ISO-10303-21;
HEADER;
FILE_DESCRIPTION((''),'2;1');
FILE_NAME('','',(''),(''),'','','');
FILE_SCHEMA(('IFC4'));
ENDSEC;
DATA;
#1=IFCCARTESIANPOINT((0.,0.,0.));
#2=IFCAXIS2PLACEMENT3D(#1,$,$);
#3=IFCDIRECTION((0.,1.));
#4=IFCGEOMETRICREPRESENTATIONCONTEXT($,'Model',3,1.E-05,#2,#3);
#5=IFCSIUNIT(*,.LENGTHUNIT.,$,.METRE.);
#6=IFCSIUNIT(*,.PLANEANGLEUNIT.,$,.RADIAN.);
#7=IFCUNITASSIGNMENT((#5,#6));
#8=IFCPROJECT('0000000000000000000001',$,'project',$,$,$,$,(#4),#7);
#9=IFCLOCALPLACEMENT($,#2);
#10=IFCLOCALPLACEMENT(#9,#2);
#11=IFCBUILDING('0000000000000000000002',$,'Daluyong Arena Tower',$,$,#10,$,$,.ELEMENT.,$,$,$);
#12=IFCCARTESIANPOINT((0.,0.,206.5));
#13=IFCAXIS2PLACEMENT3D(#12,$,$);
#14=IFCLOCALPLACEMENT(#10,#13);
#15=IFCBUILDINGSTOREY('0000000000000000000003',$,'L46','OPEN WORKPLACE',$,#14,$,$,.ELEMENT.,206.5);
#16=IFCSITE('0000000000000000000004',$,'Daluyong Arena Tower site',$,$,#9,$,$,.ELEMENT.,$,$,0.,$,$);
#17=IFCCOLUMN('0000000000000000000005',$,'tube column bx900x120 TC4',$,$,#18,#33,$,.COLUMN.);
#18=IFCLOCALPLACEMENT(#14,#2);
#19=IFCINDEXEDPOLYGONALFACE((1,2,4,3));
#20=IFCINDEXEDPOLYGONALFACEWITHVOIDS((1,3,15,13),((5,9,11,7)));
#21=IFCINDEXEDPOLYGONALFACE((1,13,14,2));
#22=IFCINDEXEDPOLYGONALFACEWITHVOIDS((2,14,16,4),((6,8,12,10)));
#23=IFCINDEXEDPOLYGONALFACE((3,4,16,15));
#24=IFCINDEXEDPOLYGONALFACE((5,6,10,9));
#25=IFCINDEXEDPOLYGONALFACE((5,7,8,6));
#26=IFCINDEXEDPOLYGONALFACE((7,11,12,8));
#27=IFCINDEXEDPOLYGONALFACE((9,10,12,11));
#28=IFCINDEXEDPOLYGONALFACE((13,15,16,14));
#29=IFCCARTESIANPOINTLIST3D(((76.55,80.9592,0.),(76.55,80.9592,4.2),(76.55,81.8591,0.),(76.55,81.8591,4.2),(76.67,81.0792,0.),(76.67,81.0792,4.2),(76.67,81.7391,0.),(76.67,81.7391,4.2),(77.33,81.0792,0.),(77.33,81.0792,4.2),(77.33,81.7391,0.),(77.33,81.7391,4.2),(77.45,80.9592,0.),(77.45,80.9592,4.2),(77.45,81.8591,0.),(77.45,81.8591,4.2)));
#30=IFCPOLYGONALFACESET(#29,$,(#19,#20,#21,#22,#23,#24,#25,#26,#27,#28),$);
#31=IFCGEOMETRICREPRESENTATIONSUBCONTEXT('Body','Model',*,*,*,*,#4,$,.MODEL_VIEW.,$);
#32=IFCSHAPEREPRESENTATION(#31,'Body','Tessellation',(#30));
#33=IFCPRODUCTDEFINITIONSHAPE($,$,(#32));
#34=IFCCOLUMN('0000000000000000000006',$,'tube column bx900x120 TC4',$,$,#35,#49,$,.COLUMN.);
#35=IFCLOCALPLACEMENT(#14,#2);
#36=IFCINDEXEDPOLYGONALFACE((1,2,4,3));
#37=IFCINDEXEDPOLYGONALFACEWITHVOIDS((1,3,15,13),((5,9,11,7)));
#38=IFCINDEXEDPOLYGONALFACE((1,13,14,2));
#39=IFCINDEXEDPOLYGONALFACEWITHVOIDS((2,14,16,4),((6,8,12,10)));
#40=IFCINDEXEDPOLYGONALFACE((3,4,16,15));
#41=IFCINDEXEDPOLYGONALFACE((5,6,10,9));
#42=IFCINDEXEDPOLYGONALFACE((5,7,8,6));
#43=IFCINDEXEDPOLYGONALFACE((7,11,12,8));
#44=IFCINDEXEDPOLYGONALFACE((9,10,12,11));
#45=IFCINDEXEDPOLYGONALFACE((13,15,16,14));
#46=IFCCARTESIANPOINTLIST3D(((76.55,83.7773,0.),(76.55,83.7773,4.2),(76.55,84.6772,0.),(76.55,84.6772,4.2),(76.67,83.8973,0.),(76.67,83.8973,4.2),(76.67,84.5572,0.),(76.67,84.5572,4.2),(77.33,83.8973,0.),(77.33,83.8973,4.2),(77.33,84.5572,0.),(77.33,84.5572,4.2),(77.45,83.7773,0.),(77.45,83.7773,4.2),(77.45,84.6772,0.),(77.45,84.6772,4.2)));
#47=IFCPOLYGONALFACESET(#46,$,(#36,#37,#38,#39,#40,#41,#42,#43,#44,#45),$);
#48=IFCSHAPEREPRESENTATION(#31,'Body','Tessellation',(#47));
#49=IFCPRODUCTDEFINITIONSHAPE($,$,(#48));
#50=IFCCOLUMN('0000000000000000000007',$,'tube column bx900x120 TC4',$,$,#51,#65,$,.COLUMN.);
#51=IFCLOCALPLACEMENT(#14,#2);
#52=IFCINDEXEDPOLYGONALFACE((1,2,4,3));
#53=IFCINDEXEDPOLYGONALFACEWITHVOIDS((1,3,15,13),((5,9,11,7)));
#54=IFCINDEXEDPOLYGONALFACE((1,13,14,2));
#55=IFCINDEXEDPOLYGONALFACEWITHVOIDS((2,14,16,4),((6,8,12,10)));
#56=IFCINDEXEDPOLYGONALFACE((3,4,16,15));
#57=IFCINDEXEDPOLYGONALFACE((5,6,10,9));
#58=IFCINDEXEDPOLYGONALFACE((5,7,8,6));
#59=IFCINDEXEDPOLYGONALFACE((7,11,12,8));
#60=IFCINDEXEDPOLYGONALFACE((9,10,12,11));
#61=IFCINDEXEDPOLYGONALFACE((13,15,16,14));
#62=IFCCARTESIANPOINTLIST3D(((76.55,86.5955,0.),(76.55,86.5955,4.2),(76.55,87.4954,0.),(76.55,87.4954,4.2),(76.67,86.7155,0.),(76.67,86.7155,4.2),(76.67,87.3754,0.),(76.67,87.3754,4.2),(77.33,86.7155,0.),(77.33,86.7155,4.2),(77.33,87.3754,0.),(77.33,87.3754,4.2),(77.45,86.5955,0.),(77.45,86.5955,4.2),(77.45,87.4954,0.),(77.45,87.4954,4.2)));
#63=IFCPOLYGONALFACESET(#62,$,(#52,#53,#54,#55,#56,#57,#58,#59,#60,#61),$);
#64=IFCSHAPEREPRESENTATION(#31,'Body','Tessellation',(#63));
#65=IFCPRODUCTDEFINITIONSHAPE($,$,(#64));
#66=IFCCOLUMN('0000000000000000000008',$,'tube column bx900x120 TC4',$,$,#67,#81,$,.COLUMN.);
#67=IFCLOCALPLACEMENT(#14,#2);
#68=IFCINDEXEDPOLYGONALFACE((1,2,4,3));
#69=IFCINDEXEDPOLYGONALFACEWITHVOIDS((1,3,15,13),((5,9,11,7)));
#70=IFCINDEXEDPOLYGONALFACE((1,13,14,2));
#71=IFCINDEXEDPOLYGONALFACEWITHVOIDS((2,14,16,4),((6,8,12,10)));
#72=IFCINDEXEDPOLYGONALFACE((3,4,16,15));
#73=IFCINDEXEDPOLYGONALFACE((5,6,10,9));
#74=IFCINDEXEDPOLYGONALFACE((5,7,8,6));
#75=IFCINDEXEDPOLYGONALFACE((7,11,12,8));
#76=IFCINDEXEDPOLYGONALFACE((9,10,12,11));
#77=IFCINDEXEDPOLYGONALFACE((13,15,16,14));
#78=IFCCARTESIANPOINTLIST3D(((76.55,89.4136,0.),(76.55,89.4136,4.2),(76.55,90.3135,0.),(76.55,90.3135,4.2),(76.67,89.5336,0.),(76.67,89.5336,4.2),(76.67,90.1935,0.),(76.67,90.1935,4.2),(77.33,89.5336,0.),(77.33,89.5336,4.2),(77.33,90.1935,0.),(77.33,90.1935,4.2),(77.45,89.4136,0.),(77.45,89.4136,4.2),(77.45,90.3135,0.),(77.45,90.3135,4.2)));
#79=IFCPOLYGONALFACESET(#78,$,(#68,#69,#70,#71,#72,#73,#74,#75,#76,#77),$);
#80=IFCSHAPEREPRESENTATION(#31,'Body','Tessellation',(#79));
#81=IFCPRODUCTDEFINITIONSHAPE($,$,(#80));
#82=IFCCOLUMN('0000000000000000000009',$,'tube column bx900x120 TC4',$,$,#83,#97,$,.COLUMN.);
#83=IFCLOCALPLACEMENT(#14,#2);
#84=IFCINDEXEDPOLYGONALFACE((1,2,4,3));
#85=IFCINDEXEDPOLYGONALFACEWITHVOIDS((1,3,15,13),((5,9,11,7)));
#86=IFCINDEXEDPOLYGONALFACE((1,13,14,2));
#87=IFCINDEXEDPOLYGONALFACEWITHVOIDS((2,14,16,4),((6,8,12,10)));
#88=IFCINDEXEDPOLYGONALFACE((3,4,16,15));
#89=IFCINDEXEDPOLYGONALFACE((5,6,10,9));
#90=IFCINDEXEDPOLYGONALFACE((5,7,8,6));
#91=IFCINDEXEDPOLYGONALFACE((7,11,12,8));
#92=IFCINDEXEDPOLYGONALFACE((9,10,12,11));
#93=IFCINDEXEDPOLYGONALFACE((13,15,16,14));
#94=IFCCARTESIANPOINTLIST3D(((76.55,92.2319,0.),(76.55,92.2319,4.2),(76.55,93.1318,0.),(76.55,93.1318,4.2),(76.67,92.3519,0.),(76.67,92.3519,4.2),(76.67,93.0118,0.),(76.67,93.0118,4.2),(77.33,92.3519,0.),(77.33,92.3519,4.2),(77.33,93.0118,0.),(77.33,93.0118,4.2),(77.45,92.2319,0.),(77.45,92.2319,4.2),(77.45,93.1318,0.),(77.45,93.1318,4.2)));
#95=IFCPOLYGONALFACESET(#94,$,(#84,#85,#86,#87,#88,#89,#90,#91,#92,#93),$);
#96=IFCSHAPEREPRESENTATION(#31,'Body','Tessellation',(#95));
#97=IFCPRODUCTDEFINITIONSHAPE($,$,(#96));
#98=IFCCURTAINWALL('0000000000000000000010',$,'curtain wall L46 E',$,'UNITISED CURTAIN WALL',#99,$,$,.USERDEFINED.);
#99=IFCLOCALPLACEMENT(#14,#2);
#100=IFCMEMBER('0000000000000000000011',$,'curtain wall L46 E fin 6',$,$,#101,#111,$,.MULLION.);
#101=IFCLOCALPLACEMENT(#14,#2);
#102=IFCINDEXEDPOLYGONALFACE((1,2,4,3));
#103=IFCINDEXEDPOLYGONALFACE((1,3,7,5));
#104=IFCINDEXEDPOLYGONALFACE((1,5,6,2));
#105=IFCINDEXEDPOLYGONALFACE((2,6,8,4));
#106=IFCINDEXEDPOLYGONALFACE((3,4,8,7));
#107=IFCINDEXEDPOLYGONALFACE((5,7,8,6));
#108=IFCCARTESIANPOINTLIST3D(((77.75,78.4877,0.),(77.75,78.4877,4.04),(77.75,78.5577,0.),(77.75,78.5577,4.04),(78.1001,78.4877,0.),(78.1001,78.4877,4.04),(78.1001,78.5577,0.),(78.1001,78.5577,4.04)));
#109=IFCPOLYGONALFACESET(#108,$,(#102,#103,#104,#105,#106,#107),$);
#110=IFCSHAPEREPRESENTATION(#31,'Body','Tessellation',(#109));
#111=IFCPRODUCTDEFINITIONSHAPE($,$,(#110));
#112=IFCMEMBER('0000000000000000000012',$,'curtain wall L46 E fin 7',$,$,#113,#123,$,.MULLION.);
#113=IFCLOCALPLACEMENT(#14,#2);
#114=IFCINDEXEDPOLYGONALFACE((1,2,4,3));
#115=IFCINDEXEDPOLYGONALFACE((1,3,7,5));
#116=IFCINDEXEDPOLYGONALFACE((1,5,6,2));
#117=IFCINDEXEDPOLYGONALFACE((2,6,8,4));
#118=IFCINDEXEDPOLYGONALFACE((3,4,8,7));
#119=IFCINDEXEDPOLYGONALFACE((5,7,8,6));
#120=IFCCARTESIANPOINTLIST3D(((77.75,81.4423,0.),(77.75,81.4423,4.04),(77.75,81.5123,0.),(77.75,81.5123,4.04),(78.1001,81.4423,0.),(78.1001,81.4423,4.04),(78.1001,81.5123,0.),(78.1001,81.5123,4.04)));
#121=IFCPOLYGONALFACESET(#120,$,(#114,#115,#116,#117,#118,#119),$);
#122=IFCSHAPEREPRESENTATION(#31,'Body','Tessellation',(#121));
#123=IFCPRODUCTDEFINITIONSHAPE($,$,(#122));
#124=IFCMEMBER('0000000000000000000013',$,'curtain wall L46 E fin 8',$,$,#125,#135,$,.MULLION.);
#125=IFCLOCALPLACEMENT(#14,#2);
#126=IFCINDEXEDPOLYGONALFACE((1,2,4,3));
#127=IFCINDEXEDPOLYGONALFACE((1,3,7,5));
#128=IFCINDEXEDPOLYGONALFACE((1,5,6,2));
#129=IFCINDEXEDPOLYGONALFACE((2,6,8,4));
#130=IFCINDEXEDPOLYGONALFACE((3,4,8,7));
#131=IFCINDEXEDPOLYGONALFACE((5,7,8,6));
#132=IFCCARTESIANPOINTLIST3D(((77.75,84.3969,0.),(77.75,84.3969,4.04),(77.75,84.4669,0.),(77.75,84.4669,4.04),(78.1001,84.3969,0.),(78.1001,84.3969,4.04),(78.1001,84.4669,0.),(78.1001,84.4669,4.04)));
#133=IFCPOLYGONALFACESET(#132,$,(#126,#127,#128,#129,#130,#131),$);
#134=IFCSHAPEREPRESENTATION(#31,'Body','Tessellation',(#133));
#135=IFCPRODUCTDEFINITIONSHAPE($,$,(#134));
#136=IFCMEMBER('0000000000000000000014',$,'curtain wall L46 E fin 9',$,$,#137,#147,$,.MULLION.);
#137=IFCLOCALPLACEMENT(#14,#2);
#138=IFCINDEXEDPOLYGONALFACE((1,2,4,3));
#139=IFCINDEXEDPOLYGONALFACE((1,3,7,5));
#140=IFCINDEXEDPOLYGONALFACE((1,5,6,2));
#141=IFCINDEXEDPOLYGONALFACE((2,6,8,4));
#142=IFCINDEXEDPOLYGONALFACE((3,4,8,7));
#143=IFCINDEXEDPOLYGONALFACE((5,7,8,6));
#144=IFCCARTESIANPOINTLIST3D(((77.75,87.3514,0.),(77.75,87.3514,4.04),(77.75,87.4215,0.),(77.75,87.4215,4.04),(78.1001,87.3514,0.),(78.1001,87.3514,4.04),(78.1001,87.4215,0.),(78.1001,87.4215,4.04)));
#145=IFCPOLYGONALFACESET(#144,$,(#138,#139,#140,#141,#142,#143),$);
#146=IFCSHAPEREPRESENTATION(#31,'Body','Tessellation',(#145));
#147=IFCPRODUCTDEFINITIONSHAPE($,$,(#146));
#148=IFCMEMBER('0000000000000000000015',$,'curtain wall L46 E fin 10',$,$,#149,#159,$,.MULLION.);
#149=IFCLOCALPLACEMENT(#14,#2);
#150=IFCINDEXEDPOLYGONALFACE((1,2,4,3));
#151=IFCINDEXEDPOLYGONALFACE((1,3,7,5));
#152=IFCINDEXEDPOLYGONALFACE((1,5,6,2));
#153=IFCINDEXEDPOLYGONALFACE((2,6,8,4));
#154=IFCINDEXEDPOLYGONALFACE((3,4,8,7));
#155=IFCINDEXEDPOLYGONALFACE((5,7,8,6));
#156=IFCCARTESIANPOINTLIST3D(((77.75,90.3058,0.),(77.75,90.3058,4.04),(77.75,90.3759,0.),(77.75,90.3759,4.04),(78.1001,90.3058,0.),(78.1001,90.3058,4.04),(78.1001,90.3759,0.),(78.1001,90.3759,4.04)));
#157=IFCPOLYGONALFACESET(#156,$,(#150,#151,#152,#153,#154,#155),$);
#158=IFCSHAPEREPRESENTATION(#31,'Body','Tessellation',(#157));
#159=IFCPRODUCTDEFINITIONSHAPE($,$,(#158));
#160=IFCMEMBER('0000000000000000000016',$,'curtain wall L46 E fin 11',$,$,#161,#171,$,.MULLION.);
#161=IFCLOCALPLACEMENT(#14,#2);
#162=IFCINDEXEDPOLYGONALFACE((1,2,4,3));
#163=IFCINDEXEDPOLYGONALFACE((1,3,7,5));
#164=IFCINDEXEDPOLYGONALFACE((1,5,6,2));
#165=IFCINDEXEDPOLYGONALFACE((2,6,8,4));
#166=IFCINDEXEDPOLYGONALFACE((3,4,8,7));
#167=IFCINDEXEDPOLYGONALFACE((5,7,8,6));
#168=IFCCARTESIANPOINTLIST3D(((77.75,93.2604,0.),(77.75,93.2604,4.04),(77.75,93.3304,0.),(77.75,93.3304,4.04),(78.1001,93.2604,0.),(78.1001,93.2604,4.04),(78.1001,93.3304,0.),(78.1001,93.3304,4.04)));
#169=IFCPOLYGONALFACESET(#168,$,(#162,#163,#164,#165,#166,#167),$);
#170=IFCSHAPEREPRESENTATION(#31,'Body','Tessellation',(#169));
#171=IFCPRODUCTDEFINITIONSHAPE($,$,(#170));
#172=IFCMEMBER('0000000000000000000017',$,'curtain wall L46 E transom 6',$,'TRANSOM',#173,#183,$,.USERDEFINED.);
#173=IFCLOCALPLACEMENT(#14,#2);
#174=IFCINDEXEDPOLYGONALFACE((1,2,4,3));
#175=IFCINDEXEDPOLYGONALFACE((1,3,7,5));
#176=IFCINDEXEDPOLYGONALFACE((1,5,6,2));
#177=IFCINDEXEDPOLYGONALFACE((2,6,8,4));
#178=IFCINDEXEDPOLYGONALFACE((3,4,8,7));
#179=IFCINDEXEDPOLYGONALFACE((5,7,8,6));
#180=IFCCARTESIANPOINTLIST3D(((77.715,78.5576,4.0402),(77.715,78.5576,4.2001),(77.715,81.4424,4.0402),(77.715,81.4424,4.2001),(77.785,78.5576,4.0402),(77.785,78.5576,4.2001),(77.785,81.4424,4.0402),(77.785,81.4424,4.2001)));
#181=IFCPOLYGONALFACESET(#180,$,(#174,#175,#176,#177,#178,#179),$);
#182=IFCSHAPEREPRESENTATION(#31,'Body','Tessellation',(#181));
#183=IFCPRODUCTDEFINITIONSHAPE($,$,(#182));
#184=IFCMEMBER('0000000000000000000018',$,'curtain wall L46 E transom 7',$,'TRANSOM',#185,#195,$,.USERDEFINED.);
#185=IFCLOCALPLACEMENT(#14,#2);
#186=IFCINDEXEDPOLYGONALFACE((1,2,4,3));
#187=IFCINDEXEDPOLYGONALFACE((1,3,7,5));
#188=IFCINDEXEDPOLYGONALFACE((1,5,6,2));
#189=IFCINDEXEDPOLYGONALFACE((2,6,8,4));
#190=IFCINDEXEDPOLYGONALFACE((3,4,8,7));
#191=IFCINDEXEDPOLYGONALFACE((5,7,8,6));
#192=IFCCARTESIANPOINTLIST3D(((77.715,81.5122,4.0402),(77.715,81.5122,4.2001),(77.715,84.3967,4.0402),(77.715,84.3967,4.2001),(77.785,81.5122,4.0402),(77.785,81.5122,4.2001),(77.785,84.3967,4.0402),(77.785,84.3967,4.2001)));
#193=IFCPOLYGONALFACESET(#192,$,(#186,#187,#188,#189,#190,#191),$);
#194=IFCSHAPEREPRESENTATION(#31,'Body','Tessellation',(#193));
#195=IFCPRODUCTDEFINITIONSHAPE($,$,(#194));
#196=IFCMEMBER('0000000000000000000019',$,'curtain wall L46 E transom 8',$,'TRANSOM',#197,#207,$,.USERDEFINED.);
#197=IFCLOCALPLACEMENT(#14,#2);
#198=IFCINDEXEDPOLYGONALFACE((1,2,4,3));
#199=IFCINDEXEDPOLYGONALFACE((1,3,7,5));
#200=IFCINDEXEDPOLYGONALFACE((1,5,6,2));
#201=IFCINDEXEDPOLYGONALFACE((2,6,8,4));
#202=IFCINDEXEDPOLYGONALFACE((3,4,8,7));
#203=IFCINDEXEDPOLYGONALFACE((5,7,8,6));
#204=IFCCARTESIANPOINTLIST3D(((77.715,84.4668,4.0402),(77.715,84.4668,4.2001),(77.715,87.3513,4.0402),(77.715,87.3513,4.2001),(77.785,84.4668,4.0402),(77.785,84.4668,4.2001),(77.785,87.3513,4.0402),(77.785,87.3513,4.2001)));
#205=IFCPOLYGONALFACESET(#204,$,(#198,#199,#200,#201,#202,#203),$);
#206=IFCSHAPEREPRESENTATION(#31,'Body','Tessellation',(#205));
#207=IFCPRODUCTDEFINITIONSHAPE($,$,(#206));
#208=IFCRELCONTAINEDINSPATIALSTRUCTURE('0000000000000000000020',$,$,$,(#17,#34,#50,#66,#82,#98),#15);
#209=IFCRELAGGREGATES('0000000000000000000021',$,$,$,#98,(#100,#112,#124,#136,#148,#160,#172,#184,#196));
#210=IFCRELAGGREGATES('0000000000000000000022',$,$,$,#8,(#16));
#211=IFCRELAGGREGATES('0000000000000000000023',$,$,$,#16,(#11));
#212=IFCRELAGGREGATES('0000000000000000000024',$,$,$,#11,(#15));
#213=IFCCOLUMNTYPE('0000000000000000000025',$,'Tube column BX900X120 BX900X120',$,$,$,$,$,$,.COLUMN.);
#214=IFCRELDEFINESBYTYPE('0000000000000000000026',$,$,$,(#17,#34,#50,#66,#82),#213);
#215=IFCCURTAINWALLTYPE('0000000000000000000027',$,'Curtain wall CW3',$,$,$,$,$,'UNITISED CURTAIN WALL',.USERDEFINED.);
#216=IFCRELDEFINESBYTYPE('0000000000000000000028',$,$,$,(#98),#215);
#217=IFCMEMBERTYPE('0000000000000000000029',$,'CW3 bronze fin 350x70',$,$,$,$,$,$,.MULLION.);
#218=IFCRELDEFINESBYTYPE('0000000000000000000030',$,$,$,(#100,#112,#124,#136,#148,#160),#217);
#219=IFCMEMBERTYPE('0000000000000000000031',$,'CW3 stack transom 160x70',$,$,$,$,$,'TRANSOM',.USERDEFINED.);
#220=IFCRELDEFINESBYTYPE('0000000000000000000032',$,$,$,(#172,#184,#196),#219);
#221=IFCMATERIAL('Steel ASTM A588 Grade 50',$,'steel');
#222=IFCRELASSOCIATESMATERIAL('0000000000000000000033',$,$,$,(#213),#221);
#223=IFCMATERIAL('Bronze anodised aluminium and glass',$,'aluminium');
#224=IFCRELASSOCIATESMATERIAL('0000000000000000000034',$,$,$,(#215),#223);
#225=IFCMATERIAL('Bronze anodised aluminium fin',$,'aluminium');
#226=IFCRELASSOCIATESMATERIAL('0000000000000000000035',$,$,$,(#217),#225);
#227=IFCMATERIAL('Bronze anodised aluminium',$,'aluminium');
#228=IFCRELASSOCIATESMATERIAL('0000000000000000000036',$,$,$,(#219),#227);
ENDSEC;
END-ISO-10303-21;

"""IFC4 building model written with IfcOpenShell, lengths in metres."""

from ifc_helpers import new_model, si_unit, direction, frame, origin, origin_2d, place, context, subcontext, project, spatial, rectangle, hollow_rectangle, extrude, material, material_profile, profile_set, type_object, element, aggregate, save


model = new_model("IFC4")

# Units and contexts
model_context = context("Model", 3, precision=1e-05, world=origin(), true_north=direction((0.0, 1.0)))
body_context = subcontext(model_context, "Body", "Model", "MODEL_VIEW")
ifc_project = project(units=[si_unit("LENGTHUNIT", "METRE"), si_unit("PLANEANGLEUNIT", "RADIAN")], contexts=[model_context])

# Site, building, storey
site_placement = place(None, origin())
site = spatial("IfcSite", under=ifc_project, at=site_placement, Name="Daluyong Arena Tower site", CompositionType="ELEMENT", RefElevation=0.0)
building_placement = place(site_placement, origin())
building = spatial("IfcBuilding", under=site, at=building_placement, Name="Daluyong Arena Tower", CompositionType="ELEMENT")
storey_placement = place(building_placement, frame((0.0, 0.0, 206.5)))
storey = spatial("IfcBuildingStorey", under=building, at=storey_placement, Name="L46", Description="OPEN WORKPLACE", CompositionType="ELEMENT", Elevation=206.5)

# Columns
ifc_material_1 = material(Name="Steel ASTM A588 Grade 50", Category="steel")
ifc_material_profile_1 = material_profile(ifc_material_1, hollow_rectangle(XDim=0.8999, YDim=0.8999, WallThickness=0.12, at=origin_2d()))
ifc_profile_set_1 = profile_set([ifc_material_profile_1], Name="Steel ASTM A588 Grade 50")
column_type = type_object("IfcColumnType", Name="Tube column BX900X120 BX900X120", PredefinedType="COLUMN", material=ifc_profile_set_1)
for number, where, z_axis, x_axis, name in (
    (1, (77.0, 81.4092, 0.0), (0.0, 0.0, 1.0), (0.0, 1.0, 0.0), "tube column bx900x120 TC4"),
    (2, (77.0, 84.2273, 0.0), (0.0, 0.0, 1.0), (0.0, 1.0, 0.0), "tube column bx900x120 TC4"),
    (3, (77.0, 87.0454, 0.0), (0.0, 0.0, 1.0), (0.0, 1.0, 0.0), "tube column bx900x120 TC4"),
    (4, (77.0, 89.8635, 0.0), (0.0, 0.0, 1.0), (0.0, 1.0, 0.0), "tube column bx900x120 TC4"),
    (5, (77.0, 92.6819, 0.0), (0.0, 0.0, 1.0), (0.0, 1.0, 0.0), "tube column bx900x120 TC4"),
):
    element("IfcColumn", number, at=place(storey_placement, frame(where, z_axis=z_axis, x_axis=x_axis)), inside=storey, type_object=column_type, Name=name, PredefinedType="COLUMN", context=body_context, shape_type="SweptSolid", body=[
        extrude(hollow_rectangle(XDim=0.8999, YDim=0.8999, WallThickness=0.12, at=origin_2d()), origin(), (0.0, 0.0, 1.0), 4.2),
    ])

# Curtain wall, members
ifc_material_2 = material(Name="Bronze anodised aluminium and glass", Category="aluminium")
curtain_wall_type = type_object("IfcCurtainWallType", Name="Curtain wall CW3", ElementType="UNITISED CURTAIN WALL", PredefinedType="USERDEFINED", material=ifc_material_2)
curtain_wall_placement = place(storey_placement, origin())
curtain_wall = element("IfcCurtainWall", 6, at=curtain_wall_placement, inside=storey, type_object=curtain_wall_type, Name="curtain wall L46 E", ObjectType="UNITISED CURTAIN WALL", PredefinedType="USERDEFINED")
ifc_material_3 = material(Name="Bronze anodised aluminium fin", Category="aluminium")
ifc_material_profile_2 = material_profile(ifc_material_3, rectangle(XDim=0.3501, YDim=0.0701, at=origin_2d()))
ifc_profile_set_2 = profile_set([ifc_material_profile_2], Name="Bronze anodised aluminium fin")
member_type_1 = type_object("IfcMemberType", Name="CW3 bronze fin 350x70", PredefinedType="MULLION", material=ifc_profile_set_2)
member_1_placement = place(storey_placement, frame((77.925, 78.5227, 0.0), z_axis=(0.0, 0.0, 1.0), x_axis=(-1.0, 0.0, 0.0)))
member_1 = element("IfcMember", 7, at=member_1_placement, type_object=member_type_1, Name="curtain wall L46 E fin 6", PredefinedType="MULLION", context=body_context, shape_type="SweptSolid", body=[
    extrude(rectangle(XDim=0.3501, YDim=0.0701, at=origin_2d()), origin(), (0.0, 0.0, 1.0), 4.04),
])
member_2_placement = place(storey_placement, frame((77.925, 81.4773, 0.0), z_axis=(0.0, 0.0, 1.0), x_axis=(-1.0, 0.0, 0.0)))
member_2 = element("IfcMember", 8, at=member_2_placement, type_object=member_type_1, Name="curtain wall L46 E fin 7", PredefinedType="MULLION", context=body_context, shape_type="SweptSolid", body=[
    extrude(rectangle(XDim=0.3501, YDim=0.0701, at=origin_2d()), origin(), (0.0, 0.0, 1.0), 4.04),
])
member_3_placement = place(storey_placement, frame((77.925, 84.4319, 0.0), z_axis=(0.0, 0.0, 1.0), x_axis=(-1.0, 0.0, 0.0)))
member_3 = element("IfcMember", 9, at=member_3_placement, type_object=member_type_1, Name="curtain wall L46 E fin 8", PredefinedType="MULLION", context=body_context, shape_type="SweptSolid", body=[
    extrude(rectangle(XDim=0.3501, YDim=0.0701, at=origin_2d()), origin(), (0.0, 0.0, 1.0), 4.04),
])
member_4_placement = place(storey_placement, frame((77.925, 87.3865, 0.0), z_axis=(0.0, 0.0, 1.0), x_axis=(-1.0, 0.0, 0.0)))
member_4 = element("IfcMember", 10, at=member_4_placement, type_object=member_type_1, Name="curtain wall L46 E fin 9", PredefinedType="MULLION", context=body_context, shape_type="SweptSolid", body=[
    extrude(rectangle(XDim=0.3501, YDim=0.0701, at=origin_2d()), origin(), (0.0, 0.0, 1.0), 4.04),
])
member_5_placement = place(storey_placement, frame((77.925, 90.3408, 0.0), z_axis=(0.0, 0.0, 1.0), x_axis=(-1.0, 0.0, 0.0)))
member_5 = element("IfcMember", 11, at=member_5_placement, type_object=member_type_1, Name="curtain wall L46 E fin 10", PredefinedType="MULLION", context=body_context, shape_type="SweptSolid", body=[
    extrude(rectangle(XDim=0.3501, YDim=0.0701, at=origin_2d()), origin(), (0.0, 0.0, 1.0), 4.04),
])
member_6_placement = place(storey_placement, frame((77.925, 93.2954, 0.0), z_axis=(0.0, 0.0, 1.0), x_axis=(-1.0, 0.0, 0.0)))
member_6 = element("IfcMember", 12, at=member_6_placement, type_object=member_type_1, Name="curtain wall L46 E fin 11", PredefinedType="MULLION", context=body_context, shape_type="SweptSolid", body=[
    extrude(rectangle(XDim=0.3501, YDim=0.0701, at=origin_2d()), origin(), (0.0, 0.0, 1.0), 4.04),
])
ifc_material_4 = material(Name="Bronze anodised aluminium", Category="aluminium")
ifc_material_profile_3 = material_profile(ifc_material_4, rectangle(XDim=0.0701, YDim=0.1599, at=origin_2d()))
ifc_profile_set_3 = profile_set([ifc_material_profile_3], Name="Bronze anodised aluminium")
member_type_2 = type_object("IfcMemberType", Name="CW3 stack transom 160x70", ElementType="TRANSOM", PredefinedType="USERDEFINED", material=ifc_profile_set_3)
member_7_placement = place(storey_placement, frame((77.75, 78.5576, 4.1201), z_axis=(0.0, 1.0, 0.0), x_axis=(-1.0, 0.0, 0.0)))
member_7 = element("IfcMember", 13, at=member_7_placement, type_object=member_type_2, Name="curtain wall L46 E transom 6", ObjectType="TRANSOM", PredefinedType="USERDEFINED", context=body_context, shape_type="SweptSolid", body=[
    extrude(rectangle(XDim=0.0701, YDim=0.1599, at=origin_2d()), origin(), (0.0, 0.0, 1.0), 2.8848),
])
member_8_placement = place(storey_placement, frame((77.75, 81.5122, 4.1201), z_axis=(0.0, 1.0, 0.0), x_axis=(-1.0, 0.0, 0.0)))
member_8 = element("IfcMember", 14, at=member_8_placement, type_object=member_type_2, Name="curtain wall L46 E transom 7", ObjectType="TRANSOM", PredefinedType="USERDEFINED", context=body_context, shape_type="SweptSolid", body=[
    extrude(rectangle(XDim=0.0701, YDim=0.1599, at=origin_2d()), origin(), (0.0, 0.0, 1.0), 2.8845),
])
member_9_placement = place(storey_placement, frame((77.75, 84.4668, 4.1201), z_axis=(0.0, 1.0, 0.0), x_axis=(-1.0, 0.0, 0.0)))
member_9 = element("IfcMember", 15, at=member_9_placement, type_object=member_type_2, Name="curtain wall L46 E transom 8", ObjectType="TRANSOM", PredefinedType="USERDEFINED", context=body_context, shape_type="SweptSolid", body=[
    extrude(rectangle(XDim=0.0701, YDim=0.1599, at=origin_2d()), origin(), (0.0, 0.0, 1.0), 2.8845),
])

aggregate(curtain_wall, [member_1, member_2, member_3, member_4, member_5, member_6, member_7, member_8, member_9])

save(model, "model.ifc")
